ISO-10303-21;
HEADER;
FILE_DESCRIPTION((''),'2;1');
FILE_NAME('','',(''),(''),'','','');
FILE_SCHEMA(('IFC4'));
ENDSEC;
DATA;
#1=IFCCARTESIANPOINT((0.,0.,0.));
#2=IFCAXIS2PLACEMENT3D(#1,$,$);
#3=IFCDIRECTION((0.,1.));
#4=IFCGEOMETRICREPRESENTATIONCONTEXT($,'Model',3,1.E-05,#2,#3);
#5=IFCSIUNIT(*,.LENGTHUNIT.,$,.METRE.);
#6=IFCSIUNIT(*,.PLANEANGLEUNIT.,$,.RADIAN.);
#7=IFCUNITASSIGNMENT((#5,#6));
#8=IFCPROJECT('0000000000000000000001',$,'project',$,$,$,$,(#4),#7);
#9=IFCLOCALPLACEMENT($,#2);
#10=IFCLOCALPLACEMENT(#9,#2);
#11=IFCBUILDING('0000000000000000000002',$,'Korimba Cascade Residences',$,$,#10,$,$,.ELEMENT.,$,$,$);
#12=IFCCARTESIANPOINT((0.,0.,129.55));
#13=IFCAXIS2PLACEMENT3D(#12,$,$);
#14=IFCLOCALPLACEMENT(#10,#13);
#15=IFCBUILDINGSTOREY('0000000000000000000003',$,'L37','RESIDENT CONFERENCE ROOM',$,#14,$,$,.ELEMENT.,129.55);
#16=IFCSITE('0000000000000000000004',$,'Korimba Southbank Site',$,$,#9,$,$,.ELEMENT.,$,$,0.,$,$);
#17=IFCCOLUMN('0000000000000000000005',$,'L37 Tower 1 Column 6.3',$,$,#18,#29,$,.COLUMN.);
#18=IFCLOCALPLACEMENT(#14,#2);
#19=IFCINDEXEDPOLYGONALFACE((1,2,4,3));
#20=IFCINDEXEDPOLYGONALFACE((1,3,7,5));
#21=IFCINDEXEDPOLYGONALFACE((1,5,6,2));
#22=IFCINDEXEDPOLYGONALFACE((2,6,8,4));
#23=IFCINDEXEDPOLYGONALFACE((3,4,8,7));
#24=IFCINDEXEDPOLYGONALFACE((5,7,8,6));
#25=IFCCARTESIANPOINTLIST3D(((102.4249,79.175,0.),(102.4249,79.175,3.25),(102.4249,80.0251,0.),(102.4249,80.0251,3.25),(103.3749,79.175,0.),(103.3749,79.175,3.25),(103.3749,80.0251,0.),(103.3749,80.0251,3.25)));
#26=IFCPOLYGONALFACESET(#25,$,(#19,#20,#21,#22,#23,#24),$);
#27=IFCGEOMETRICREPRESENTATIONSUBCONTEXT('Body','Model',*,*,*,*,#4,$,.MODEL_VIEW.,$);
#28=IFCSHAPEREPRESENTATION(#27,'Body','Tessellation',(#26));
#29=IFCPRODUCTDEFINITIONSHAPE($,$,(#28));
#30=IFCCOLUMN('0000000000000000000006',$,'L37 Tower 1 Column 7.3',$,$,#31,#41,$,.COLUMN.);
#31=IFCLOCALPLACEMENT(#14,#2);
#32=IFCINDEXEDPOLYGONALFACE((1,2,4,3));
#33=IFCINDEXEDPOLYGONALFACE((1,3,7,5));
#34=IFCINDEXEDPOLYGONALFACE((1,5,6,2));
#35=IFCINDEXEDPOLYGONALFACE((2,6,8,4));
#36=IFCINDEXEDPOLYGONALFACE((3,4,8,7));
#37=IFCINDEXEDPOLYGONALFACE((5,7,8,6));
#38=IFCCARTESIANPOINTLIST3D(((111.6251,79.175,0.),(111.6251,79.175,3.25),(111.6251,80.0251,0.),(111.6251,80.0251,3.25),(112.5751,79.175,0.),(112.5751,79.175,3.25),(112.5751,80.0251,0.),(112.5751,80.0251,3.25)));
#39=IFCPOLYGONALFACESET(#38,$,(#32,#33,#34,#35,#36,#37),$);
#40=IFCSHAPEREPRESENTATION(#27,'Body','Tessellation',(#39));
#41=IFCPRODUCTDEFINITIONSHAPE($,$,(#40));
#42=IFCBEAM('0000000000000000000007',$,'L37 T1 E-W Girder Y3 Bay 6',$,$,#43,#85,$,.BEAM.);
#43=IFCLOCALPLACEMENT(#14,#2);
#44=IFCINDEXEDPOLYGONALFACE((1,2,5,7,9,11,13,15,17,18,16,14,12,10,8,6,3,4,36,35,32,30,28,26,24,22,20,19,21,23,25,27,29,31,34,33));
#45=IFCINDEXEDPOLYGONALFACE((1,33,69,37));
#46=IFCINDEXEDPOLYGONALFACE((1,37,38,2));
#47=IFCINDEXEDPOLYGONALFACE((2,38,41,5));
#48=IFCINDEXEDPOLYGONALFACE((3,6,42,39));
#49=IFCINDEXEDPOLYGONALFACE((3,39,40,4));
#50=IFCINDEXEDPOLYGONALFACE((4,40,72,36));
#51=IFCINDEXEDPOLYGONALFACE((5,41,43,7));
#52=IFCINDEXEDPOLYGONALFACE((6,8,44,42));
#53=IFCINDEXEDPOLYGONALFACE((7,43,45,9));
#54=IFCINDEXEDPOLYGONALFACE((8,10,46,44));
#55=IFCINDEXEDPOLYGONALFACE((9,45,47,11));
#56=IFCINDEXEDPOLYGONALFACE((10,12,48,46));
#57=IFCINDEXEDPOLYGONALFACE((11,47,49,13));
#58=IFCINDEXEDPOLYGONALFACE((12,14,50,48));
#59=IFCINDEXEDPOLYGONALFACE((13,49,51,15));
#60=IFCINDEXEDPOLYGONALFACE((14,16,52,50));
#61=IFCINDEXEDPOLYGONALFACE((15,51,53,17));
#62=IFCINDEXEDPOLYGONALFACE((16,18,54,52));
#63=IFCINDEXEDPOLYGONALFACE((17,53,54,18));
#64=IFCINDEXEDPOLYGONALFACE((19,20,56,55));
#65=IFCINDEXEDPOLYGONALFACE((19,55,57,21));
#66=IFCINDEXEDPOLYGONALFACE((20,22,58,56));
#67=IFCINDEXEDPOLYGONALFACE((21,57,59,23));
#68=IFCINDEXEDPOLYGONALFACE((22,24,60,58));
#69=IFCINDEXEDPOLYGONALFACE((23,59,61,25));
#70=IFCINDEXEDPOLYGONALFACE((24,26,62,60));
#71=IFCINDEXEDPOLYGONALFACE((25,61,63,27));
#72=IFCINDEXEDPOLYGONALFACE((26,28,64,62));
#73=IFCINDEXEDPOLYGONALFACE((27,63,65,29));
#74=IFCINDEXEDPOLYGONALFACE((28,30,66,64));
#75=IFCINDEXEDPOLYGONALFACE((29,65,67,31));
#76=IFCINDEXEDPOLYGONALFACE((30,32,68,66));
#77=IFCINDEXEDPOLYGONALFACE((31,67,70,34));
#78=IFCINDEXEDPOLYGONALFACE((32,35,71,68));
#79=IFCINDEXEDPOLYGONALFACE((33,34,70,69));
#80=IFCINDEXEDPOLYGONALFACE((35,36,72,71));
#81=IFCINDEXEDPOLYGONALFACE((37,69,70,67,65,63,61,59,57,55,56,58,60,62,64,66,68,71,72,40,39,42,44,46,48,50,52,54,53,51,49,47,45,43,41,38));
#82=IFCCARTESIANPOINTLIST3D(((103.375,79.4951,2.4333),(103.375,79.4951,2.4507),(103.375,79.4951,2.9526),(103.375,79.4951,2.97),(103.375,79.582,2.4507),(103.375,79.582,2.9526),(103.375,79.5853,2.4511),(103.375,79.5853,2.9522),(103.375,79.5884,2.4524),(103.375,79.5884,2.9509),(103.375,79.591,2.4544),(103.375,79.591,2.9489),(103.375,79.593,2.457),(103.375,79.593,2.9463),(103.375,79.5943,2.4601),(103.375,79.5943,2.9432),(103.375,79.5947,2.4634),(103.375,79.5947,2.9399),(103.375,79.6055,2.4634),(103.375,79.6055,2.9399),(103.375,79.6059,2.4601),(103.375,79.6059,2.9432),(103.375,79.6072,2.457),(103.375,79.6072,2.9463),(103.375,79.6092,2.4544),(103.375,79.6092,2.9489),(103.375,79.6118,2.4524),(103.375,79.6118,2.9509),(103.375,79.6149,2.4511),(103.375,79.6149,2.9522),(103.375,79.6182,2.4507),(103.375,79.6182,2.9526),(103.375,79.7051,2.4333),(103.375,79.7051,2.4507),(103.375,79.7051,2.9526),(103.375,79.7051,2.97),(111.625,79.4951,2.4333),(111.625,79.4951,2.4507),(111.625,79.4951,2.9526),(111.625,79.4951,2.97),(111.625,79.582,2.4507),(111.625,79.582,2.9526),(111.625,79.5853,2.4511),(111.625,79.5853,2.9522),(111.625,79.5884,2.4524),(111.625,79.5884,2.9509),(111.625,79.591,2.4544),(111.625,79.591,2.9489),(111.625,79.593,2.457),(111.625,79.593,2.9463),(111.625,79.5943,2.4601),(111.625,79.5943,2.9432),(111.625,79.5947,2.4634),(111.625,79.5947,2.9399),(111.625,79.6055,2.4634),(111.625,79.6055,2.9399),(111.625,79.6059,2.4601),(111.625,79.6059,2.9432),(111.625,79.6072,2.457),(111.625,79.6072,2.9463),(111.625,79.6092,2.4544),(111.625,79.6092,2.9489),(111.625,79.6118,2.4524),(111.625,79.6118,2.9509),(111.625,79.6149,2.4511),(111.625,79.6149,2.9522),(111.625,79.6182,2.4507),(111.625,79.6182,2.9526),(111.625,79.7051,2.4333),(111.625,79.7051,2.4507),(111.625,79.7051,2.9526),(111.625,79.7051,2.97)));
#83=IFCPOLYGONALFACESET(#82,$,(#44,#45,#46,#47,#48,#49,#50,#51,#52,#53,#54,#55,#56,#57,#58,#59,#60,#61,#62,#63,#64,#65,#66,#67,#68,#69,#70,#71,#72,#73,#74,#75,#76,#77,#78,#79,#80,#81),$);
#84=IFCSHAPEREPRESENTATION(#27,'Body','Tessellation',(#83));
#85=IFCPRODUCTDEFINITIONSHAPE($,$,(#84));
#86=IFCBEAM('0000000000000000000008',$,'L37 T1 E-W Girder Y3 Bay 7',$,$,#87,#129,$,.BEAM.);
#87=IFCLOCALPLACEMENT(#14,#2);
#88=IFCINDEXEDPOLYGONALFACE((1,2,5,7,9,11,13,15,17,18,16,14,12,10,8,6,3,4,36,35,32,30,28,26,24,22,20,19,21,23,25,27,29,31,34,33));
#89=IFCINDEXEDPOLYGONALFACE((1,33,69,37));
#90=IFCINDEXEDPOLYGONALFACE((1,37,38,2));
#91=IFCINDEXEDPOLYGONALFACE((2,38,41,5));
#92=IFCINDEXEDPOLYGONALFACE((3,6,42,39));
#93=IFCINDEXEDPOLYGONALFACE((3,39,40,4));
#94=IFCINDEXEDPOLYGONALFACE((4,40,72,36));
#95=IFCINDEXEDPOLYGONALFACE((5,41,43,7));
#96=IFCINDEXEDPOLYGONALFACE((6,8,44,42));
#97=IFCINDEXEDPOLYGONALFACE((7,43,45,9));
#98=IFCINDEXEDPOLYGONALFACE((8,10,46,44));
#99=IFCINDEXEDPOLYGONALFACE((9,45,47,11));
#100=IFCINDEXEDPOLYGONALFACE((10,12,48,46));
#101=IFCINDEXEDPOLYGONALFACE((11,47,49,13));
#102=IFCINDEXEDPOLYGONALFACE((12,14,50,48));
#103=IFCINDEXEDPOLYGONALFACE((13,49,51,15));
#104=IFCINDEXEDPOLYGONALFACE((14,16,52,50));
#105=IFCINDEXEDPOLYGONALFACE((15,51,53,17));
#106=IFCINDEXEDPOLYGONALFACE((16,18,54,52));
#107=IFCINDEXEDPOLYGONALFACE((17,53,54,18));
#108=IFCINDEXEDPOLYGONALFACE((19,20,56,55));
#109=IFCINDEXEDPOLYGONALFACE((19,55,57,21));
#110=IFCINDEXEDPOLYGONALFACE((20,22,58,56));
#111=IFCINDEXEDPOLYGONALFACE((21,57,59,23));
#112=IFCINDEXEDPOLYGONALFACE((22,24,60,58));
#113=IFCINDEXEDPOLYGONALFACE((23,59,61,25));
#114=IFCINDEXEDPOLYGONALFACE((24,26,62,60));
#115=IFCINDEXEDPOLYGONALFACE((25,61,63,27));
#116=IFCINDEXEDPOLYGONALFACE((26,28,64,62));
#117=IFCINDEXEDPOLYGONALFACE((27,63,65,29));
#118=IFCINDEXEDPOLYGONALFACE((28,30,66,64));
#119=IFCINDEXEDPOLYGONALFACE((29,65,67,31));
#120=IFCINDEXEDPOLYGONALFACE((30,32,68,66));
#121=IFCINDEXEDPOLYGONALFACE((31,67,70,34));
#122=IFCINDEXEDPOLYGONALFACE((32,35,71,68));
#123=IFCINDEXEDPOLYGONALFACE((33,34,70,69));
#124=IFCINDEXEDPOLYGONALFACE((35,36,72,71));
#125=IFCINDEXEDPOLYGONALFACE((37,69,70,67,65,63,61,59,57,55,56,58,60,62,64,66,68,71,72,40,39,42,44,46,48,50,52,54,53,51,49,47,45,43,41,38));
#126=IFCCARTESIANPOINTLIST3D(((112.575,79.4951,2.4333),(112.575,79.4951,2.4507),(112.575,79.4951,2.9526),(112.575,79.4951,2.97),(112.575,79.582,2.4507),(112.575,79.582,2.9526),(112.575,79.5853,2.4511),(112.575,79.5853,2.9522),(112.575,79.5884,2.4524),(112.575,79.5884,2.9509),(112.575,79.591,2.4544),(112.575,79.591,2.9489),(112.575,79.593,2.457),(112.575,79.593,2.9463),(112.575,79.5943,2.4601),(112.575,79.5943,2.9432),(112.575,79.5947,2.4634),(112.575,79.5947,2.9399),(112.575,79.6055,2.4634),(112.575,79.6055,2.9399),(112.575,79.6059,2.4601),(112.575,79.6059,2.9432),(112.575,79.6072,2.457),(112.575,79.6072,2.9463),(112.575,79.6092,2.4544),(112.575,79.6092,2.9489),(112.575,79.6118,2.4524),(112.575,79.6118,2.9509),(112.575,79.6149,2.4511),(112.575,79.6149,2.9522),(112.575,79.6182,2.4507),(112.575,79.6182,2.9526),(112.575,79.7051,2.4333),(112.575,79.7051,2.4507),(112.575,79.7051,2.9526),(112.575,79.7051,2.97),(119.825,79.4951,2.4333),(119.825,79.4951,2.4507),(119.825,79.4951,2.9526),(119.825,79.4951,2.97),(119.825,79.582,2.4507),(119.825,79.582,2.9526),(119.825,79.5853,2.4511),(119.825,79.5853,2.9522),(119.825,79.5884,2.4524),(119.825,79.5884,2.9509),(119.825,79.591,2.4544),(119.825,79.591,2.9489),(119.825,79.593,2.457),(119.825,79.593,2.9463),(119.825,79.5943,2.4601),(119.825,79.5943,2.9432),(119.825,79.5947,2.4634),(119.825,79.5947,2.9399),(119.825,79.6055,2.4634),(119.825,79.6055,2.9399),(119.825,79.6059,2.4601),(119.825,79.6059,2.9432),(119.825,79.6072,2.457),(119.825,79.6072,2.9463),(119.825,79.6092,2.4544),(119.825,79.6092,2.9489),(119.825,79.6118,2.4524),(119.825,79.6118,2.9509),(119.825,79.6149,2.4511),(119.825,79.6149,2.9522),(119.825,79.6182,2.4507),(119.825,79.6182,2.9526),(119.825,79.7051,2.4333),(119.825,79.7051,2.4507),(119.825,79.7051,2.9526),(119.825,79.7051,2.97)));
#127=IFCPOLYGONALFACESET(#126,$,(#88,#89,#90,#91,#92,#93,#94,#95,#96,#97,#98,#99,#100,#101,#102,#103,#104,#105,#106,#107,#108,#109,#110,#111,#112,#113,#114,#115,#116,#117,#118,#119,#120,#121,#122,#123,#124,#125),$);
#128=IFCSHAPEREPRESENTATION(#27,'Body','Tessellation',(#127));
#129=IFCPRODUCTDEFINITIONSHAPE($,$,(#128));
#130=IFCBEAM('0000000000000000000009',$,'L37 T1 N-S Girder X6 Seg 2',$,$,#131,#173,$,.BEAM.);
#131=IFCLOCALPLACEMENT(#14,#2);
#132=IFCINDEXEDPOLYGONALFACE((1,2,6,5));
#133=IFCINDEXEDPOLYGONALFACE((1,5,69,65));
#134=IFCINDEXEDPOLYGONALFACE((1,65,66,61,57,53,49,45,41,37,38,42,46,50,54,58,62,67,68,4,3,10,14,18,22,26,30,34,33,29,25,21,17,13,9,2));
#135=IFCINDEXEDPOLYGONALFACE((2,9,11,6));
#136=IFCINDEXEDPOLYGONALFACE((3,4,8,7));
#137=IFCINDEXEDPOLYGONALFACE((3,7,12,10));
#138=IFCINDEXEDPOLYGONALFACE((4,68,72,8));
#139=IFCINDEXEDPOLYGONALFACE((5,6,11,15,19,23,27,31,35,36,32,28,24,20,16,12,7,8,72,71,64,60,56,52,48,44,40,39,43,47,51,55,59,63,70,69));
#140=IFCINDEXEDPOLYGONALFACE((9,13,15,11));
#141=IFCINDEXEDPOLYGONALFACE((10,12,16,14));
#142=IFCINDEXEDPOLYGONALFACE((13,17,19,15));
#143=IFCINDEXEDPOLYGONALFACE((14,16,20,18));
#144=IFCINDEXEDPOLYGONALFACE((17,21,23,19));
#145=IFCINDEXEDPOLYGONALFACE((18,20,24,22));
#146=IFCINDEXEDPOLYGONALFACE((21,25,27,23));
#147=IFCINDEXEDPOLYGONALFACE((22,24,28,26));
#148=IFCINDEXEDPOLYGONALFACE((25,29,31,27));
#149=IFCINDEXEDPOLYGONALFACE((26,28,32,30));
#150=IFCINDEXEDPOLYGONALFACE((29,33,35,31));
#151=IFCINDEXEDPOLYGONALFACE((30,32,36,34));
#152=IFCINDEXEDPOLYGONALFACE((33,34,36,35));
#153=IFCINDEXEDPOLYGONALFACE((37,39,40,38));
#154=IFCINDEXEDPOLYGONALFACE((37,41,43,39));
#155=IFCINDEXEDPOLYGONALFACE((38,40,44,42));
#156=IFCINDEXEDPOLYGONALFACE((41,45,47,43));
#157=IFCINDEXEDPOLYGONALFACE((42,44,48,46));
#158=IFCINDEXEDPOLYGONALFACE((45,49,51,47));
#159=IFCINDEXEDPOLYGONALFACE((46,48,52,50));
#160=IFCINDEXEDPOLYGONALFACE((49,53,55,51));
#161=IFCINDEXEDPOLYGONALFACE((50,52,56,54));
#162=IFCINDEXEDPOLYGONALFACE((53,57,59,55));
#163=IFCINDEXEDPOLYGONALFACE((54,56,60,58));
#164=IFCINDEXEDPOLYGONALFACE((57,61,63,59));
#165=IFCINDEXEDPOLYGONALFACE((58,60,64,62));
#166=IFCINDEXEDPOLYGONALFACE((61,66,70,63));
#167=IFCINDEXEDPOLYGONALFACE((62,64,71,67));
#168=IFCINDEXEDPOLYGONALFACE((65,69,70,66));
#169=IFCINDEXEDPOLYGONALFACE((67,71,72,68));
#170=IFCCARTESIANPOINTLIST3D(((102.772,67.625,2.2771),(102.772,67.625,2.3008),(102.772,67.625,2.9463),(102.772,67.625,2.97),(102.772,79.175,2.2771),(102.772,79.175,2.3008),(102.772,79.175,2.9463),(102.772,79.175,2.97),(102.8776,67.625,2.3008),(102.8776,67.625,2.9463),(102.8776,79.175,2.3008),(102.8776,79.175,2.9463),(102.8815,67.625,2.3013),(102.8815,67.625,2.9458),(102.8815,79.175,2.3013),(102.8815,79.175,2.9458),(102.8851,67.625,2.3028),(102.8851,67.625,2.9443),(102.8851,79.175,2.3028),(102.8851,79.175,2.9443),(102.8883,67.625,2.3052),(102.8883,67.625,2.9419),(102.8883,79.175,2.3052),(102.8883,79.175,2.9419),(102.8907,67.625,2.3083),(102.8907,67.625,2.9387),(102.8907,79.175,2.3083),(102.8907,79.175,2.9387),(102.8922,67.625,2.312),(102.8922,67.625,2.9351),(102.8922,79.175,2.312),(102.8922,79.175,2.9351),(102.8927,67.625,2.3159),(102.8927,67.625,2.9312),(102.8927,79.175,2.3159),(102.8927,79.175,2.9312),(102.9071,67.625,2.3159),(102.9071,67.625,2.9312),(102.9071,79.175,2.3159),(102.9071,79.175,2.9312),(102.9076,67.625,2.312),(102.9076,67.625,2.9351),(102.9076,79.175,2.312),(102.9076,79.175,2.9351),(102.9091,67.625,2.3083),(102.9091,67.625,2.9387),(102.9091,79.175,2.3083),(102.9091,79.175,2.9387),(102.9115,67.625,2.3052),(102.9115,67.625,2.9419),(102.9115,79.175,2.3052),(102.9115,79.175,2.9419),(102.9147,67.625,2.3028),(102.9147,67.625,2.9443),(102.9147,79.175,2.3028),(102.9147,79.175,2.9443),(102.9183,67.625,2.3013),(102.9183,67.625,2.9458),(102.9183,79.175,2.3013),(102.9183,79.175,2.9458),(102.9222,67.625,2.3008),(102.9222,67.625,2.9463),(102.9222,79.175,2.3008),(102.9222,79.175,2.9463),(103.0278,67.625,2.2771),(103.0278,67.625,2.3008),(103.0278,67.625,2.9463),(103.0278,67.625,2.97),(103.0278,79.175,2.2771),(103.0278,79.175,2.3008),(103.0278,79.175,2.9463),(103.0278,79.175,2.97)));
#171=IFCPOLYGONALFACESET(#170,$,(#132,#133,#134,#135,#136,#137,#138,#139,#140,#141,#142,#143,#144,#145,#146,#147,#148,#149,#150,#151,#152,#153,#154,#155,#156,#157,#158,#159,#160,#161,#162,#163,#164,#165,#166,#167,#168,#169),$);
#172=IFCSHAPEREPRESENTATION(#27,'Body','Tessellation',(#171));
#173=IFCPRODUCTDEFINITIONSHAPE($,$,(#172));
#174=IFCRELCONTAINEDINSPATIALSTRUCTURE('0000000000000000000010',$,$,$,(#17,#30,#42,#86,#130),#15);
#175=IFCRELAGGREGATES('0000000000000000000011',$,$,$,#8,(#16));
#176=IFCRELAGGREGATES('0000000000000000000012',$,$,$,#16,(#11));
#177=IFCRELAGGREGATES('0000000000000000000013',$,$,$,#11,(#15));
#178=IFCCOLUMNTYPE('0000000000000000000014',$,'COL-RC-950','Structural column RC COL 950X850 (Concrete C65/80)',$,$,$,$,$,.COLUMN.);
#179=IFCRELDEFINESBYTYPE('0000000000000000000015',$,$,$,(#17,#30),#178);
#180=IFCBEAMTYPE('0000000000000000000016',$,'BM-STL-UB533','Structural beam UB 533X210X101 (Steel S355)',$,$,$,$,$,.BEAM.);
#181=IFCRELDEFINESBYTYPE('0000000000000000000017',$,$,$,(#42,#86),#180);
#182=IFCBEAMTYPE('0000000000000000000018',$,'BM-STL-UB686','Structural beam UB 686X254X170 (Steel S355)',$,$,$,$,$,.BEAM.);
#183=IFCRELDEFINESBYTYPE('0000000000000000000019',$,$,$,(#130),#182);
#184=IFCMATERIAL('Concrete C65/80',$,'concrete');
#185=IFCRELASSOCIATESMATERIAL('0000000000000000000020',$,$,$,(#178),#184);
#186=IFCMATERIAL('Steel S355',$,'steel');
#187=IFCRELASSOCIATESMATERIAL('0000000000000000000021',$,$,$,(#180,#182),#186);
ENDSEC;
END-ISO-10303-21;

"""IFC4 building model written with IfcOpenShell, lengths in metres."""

from ifc_helpers import new_model, si_unit, direction, frame, origin, origin_2d, place, context, subcontext, project, spatial, rectangle, i_section, extrude, material, material_profile, profile_set, type_object, element, save


model = new_model("IFC4")

# Units and contexts
model_context = context("Model", 3, precision=1e-05, world=origin(), true_north=direction((0.0, 1.0)))
body_context = subcontext(model_context, "Body", "Model", "MODEL_VIEW")
ifc_project = project(units=[si_unit("LENGTHUNIT", "METRE"), si_unit("PLANEANGLEUNIT", "RADIAN")], contexts=[model_context])

# Site, building, storey
site_placement = place(None, origin())
site = spatial("IfcSite", under=ifc_project, at=site_placement, Name="Korimba Southbank Site", CompositionType="ELEMENT", RefElevation=0.0)
building_placement = place(site_placement, origin())
building = spatial("IfcBuilding", under=site, at=building_placement, Name="Korimba Cascade Residences", CompositionType="ELEMENT")
storey_placement = place(building_placement, frame((0.0, 0.0, 129.55)))
storey = spatial("IfcBuildingStorey", under=building, at=storey_placement, Name="L37", Description="RESIDENT CONFERENCE ROOM", CompositionType="ELEMENT", Elevation=129.55)

# Columns
ifc_material_1 = material(Name="Concrete C65/80", Category="concrete")
ifc_material_profile_1 = material_profile(ifc_material_1, rectangle(XDim=0.95, YDim=0.8501, at=origin_2d()), Name="Concrete C65/80")
ifc_profile_set_1 = profile_set([ifc_material_profile_1], Name="Concrete C65/80")
column_type = type_object("IfcColumnType", Name="COL-RC-950", Description="Structural column RC COL 950X850 (Concrete C65/80)", PredefinedType="COLUMN", material=ifc_profile_set_1)
for number, where, z_axis, x_axis, name in (
    (1, (102.8999, 79.6001, 0.0), (0.0, 0.0, 1.0), (1.0, 0.0, 0.0), "L37 Tower 1 Column 6.3"),
    (2, (112.1001, 79.6001, 0.0), (0.0, 0.0, 1.0), (1.0, 0.0, 0.0), "L37 Tower 1 Column 7.3"),
):
    element("IfcColumn", number, at=place(storey_placement, frame(where, z_axis=z_axis, x_axis=x_axis)), inside=storey, type_object=column_type, Name=name, PredefinedType="COLUMN", context=body_context, shape_type="SweptSolid", body=[
        extrude(rectangle(XDim=0.95, YDim=0.8501, at=origin_2d()), origin(), (0.0, 0.0, 1.0), 3.25),
    ])

# Beams
ifc_material_2 = material(Name="Steel S355", Category="steel")
ifc_material_profile_2 = material_profile(ifc_material_2, i_section(OverallWidth=0.21, OverallDepth=0.5366, WebThickness=0.0107, FlangeThickness=0.0173, FilletRadius=0.0127, at=origin_2d()), Name="Steel S355")
ifc_profile_set_2 = profile_set([ifc_material_profile_2], Name="Steel S355")
beam_type_1 = type_object("IfcBeamType", Name="BM-STL-UB533", Description="Structural beam UB 533X210X101 (Steel S355)", PredefinedType="BEAM", material=ifc_profile_set_2)
beam_1_placement = place(storey_placement, frame((103.375, 79.6001, 2.7017), z_axis=(1.0, 0.0, 0.0), x_axis=(0.0, 1.0, 0.0)))
element("IfcBeam", 3, at=beam_1_placement, inside=storey, type_object=beam_type_1, Name="L37 T1 E-W Girder Y3 Bay 6", PredefinedType="BEAM", context=body_context, shape_type="SweptSolid", body=[
    extrude(i_section(OverallWidth=0.21, OverallDepth=0.5366, WebThickness=0.0107, FlangeThickness=0.0173, FilletRadius=0.0127, at=origin_2d()), origin(), (0.0, 0.0, 1.0), 8.25),
])
beam_2_placement = place(storey_placement, frame((112.575, 79.6001, 2.7017), z_axis=(1.0, 0.0, 0.0), x_axis=(0.0, 1.0, 0.0)))
element("IfcBeam", 4, at=beam_2_placement, inside=storey, type_object=beam_type_1, Name="L37 T1 E-W Girder Y3 Bay 7", PredefinedType="BEAM", context=body_context, shape_type="SweptSolid", body=[
    extrude(i_section(OverallWidth=0.21, OverallDepth=0.5366, WebThickness=0.0107, FlangeThickness=0.0173, FilletRadius=0.0127, at=origin_2d()), origin(), (0.0, 0.0, 1.0), 7.25),
])
ifc_material_profile_3 = material_profile(ifc_material_2, i_section(OverallWidth=0.2559, OverallDepth=0.6929, WebThickness=0.0144, FlangeThickness=0.0237, FilletRadius=0.0151, at=origin_2d()), Name="Steel S355")
ifc_profile_set_3 = profile_set([ifc_material_profile_3], Name="Steel S355")
beam_type_2 = type_object("IfcBeamType", Name="BM-STL-UB686", Description="Structural beam UB 686X254X170 (Steel S355)", PredefinedType="BEAM", material=ifc_profile_set_3)
beam_3_placement = place(storey_placement, frame((102.8999, 67.625, 2.6235), z_axis=(0.0, 1.0, 0.0), x_axis=(-1.0, 0.0, 0.0)))
element("IfcBeam", 5, at=beam_3_placement, inside=storey, type_object=beam_type_2, Name="L37 T1 N-S Girder X6 Seg 2", PredefinedType="BEAM", context=body_context, shape_type="SweptSolid", body=[
    extrude(i_section(OverallWidth=0.2559, OverallDepth=0.6929, WebThickness=0.0144, FlangeThickness=0.0237, FilletRadius=0.0151, at=origin_2d()), origin(), (0.0, 0.0, 1.0), 11.55),
])

save(model, "model.ifc")
